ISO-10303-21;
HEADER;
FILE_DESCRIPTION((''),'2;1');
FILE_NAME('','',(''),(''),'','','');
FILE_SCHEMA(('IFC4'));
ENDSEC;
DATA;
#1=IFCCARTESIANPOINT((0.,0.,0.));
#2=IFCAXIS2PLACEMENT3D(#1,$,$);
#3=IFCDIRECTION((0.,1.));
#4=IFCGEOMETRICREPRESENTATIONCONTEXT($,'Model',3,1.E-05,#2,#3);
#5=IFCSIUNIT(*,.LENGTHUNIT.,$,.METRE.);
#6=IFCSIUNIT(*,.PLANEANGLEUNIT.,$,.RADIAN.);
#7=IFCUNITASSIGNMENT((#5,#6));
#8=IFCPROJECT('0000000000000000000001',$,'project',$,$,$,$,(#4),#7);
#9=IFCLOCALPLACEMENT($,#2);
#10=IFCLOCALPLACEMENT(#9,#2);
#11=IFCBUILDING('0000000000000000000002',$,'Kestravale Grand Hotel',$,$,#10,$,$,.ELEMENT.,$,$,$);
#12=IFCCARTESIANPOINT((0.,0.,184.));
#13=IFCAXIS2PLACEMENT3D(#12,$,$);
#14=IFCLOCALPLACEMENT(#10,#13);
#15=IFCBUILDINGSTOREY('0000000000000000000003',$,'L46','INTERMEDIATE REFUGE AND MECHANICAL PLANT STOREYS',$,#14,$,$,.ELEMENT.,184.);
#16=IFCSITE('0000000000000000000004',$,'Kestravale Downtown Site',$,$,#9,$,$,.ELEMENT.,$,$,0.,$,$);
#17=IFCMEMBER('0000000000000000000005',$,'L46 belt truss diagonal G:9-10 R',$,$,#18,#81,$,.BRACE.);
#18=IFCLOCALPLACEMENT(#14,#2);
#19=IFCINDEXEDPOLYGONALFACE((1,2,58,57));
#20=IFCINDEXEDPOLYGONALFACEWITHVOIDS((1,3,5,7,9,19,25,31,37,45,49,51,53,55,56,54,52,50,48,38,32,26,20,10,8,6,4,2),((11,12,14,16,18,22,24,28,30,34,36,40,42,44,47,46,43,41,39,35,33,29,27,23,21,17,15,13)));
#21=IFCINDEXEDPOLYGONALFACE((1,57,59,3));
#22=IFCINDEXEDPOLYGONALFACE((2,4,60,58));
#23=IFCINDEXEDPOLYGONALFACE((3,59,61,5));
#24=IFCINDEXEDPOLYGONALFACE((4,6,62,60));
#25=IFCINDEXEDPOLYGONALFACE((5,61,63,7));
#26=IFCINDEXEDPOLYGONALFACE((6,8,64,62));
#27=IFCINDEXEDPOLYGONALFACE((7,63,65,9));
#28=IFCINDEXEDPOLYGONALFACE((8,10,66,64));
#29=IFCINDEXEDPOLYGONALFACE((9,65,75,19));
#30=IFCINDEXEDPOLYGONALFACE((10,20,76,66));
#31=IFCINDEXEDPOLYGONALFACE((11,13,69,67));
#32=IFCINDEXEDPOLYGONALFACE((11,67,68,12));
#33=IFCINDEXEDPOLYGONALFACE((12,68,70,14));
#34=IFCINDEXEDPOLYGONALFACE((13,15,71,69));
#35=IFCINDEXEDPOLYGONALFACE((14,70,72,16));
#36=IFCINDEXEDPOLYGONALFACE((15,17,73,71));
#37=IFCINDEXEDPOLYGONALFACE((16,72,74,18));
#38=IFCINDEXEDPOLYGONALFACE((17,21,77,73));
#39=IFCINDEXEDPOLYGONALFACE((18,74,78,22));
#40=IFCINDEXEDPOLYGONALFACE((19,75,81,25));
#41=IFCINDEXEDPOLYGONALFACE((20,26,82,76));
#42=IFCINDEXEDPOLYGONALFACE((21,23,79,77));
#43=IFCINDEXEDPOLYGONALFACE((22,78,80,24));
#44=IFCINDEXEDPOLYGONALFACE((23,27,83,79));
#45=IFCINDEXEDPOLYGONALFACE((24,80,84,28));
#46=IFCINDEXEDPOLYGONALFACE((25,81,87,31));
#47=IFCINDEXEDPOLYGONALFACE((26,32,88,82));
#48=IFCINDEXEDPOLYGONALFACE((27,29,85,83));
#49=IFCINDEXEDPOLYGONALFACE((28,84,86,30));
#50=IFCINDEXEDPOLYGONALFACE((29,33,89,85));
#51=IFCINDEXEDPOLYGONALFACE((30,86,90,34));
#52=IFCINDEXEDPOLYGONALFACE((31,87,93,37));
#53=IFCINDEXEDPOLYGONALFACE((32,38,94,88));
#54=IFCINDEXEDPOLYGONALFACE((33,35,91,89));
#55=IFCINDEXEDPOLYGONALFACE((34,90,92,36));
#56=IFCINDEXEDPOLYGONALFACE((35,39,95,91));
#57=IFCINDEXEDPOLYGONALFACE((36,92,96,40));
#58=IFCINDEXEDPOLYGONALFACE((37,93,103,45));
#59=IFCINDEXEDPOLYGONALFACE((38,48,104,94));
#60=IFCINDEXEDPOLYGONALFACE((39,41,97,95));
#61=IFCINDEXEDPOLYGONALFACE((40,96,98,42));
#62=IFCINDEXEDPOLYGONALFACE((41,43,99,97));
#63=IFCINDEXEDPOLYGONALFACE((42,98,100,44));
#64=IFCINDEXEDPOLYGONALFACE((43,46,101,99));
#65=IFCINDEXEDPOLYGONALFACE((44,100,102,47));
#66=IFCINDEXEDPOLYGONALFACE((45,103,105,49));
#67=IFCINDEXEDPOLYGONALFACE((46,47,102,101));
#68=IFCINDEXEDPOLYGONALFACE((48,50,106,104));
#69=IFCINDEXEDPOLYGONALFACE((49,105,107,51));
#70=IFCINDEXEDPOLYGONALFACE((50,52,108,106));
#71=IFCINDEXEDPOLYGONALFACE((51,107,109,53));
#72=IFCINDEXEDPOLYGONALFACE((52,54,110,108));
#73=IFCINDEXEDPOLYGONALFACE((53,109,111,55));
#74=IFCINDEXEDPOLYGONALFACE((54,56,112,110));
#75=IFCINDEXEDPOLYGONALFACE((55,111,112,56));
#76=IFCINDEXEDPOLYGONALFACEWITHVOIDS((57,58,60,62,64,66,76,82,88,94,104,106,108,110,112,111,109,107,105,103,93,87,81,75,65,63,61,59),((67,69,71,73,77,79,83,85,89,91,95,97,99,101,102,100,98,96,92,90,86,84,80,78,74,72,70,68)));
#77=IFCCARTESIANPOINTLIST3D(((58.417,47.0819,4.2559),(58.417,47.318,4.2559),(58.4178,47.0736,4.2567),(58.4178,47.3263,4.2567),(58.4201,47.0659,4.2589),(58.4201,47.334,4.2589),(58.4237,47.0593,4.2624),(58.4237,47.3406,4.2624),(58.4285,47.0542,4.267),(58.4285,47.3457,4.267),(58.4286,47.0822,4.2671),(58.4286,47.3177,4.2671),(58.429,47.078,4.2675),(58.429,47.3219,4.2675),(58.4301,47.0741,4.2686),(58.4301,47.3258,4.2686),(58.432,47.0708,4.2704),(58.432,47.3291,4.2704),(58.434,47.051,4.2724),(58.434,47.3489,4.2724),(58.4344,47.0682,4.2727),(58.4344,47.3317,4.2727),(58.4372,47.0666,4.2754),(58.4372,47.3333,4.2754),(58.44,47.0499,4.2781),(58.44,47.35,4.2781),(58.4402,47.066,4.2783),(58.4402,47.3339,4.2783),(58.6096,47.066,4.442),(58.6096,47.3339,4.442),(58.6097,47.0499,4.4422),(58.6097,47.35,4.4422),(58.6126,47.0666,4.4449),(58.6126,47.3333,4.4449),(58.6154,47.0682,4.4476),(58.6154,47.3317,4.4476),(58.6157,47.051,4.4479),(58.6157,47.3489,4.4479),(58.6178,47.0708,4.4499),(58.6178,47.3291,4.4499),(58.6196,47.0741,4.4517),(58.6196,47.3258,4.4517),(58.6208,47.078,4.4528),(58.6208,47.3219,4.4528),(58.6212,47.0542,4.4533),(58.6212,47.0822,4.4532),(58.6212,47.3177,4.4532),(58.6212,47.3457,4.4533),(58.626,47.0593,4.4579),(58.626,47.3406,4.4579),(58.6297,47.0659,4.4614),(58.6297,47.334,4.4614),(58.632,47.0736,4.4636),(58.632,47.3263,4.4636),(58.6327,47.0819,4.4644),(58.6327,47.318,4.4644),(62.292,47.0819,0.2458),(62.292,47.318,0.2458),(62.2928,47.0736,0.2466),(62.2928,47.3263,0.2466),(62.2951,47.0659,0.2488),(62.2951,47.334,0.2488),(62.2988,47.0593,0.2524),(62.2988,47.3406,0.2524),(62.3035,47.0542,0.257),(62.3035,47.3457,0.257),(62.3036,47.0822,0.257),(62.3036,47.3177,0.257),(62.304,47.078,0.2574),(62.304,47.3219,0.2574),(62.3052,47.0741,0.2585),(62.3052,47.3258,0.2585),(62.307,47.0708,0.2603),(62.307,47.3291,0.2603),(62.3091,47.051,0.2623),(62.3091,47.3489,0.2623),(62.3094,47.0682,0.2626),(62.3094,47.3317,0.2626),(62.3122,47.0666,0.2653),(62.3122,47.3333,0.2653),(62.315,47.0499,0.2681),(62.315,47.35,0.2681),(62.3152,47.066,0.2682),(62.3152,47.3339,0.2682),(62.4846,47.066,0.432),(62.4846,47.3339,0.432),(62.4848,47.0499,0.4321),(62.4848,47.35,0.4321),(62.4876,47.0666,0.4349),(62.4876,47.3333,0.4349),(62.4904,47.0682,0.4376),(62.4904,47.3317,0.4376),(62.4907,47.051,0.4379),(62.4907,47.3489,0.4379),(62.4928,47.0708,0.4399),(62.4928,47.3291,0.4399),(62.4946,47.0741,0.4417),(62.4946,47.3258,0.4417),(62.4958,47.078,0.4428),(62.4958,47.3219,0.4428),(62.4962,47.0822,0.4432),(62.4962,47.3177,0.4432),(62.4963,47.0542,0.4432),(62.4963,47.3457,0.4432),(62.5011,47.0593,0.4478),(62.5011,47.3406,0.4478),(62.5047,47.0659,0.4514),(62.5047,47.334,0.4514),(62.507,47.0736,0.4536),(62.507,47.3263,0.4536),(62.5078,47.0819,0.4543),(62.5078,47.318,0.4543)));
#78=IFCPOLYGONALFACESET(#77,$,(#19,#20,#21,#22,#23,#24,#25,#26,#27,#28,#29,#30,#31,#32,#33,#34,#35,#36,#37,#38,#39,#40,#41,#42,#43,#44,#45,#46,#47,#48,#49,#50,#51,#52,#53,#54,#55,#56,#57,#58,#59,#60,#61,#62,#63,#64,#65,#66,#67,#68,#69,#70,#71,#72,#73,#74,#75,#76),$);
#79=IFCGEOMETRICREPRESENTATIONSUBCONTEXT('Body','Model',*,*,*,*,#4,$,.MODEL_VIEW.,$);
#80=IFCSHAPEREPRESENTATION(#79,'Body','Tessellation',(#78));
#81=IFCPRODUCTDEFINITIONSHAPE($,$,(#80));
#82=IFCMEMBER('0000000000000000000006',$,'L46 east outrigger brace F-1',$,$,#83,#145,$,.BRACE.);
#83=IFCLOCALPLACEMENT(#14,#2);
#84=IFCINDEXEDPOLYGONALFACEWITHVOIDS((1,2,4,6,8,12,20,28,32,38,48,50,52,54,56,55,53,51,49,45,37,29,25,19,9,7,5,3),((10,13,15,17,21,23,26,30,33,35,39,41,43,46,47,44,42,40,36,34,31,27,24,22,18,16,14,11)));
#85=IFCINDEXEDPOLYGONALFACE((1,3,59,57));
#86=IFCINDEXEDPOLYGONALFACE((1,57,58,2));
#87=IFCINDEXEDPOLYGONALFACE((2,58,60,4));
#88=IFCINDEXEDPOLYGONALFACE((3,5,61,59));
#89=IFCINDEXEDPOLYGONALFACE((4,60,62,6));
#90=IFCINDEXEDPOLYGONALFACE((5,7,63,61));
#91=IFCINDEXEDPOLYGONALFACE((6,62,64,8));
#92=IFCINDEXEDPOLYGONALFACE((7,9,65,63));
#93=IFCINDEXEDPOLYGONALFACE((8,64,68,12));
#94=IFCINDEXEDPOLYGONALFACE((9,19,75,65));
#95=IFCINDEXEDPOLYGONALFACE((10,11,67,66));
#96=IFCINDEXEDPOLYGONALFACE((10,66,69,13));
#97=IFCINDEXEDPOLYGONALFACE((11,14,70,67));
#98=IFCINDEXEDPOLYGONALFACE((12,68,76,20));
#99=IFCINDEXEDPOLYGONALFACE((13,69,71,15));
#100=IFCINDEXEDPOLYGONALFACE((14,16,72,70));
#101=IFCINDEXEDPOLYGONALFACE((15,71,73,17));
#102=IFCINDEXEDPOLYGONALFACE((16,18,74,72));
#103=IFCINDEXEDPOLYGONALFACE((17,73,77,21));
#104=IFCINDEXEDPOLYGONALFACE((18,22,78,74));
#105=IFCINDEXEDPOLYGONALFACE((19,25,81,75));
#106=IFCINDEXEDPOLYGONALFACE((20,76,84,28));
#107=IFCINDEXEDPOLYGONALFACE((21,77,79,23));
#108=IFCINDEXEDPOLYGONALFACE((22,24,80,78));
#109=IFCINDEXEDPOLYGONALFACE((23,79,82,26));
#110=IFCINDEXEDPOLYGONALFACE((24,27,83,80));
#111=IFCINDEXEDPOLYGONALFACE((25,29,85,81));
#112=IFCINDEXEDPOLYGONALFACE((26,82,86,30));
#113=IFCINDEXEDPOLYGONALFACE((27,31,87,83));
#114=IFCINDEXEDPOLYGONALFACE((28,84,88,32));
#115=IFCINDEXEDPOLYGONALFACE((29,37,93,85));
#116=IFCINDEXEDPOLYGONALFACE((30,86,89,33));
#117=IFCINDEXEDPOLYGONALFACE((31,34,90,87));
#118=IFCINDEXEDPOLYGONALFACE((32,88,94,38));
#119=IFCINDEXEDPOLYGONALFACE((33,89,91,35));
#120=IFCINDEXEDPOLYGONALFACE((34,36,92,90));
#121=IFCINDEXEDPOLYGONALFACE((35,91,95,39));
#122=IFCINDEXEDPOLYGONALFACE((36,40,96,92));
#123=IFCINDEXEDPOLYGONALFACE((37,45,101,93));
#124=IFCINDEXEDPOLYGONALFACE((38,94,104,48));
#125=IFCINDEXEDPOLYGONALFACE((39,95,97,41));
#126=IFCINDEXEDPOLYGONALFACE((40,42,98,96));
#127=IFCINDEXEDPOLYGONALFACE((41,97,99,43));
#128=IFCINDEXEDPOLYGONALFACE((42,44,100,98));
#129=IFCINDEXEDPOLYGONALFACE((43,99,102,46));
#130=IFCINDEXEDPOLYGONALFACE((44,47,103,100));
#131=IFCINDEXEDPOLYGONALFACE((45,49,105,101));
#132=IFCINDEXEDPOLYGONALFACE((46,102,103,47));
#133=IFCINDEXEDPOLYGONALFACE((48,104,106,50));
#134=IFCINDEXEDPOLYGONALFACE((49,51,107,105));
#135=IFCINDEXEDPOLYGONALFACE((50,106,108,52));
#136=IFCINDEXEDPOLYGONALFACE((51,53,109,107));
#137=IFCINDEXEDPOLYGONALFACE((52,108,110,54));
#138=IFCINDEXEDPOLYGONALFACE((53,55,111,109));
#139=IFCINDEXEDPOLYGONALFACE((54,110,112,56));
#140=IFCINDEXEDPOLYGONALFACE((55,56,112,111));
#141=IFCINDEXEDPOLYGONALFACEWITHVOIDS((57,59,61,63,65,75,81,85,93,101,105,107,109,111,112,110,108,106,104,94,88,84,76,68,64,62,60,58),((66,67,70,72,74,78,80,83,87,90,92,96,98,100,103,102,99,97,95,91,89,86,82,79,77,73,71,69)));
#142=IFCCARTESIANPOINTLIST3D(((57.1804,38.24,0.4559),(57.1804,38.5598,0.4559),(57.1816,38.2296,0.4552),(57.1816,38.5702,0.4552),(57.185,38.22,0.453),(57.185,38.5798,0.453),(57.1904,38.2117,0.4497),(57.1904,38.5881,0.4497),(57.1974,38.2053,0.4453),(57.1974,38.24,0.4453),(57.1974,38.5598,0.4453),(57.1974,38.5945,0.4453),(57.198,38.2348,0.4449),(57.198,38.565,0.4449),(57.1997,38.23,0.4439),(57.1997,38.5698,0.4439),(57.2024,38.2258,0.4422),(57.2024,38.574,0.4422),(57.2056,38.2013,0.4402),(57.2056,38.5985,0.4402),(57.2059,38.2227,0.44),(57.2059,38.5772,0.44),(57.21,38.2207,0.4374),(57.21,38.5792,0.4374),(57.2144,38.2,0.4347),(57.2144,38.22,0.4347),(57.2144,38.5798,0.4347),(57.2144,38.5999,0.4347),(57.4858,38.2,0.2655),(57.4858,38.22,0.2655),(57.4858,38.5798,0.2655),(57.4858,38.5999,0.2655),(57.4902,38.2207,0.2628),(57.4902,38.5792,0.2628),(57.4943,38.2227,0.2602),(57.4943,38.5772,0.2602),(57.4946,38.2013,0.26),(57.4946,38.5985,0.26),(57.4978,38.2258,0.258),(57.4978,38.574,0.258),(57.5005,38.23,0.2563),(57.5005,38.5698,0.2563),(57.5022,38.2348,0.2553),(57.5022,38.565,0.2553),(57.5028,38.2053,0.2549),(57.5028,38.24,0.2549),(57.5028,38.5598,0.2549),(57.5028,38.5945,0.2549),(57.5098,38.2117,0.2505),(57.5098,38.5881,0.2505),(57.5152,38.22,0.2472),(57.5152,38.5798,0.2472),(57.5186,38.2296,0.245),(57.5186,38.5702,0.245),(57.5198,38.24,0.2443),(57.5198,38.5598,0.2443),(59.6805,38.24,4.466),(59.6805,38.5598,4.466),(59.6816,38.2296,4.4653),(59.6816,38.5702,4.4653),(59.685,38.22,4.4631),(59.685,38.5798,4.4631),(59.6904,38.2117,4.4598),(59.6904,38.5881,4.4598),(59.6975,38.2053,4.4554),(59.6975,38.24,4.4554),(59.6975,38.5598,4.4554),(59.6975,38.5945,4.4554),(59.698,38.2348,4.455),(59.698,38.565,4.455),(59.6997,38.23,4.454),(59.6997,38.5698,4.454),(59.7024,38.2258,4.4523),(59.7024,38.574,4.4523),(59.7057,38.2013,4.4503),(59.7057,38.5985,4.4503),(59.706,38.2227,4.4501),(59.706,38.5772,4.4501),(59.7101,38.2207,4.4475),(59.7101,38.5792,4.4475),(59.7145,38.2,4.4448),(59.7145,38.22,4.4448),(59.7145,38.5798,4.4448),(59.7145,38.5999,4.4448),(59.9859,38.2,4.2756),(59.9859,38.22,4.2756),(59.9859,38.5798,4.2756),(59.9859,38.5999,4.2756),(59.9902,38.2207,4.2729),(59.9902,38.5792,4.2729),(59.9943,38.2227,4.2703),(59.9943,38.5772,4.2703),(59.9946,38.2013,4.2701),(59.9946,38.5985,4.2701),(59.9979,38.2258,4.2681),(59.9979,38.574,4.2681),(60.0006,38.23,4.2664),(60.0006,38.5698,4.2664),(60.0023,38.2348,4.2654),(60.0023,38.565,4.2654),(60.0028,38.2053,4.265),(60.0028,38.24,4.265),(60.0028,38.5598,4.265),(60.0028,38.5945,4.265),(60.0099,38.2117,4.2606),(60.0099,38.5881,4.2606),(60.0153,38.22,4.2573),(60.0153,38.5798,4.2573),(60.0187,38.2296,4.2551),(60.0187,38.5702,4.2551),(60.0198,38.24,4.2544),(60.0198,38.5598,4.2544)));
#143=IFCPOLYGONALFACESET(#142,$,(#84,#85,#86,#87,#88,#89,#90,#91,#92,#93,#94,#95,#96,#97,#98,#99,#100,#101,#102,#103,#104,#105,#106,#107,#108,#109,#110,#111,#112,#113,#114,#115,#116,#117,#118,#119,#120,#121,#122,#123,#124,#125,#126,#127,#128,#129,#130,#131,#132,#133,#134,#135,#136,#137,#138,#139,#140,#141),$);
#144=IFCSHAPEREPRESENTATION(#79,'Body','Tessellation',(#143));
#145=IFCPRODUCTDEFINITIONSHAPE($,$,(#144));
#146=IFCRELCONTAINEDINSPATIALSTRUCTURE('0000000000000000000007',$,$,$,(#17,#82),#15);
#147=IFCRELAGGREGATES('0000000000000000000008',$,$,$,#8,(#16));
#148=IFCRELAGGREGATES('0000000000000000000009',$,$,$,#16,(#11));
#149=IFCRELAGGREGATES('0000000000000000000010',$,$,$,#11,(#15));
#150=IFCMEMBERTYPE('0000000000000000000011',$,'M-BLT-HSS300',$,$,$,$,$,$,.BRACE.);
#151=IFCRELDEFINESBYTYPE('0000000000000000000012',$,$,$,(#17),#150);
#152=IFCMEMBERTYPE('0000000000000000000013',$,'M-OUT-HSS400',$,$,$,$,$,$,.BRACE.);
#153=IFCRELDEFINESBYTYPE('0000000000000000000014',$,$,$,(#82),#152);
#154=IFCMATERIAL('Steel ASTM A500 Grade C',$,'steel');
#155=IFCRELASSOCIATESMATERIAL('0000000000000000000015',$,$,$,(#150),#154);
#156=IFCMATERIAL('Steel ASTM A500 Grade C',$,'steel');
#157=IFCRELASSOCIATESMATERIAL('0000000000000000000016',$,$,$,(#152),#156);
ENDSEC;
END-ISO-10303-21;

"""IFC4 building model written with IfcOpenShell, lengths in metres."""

from ifc_helpers import new_model, si_unit, direction, frame, origin, origin_2d, place, context, subcontext, project, spatial, hollow_rectangle, extrude, material, material_profile, profile_set, type_object, element, save


model = new_model("IFC4")

# Units and contexts
model_context = context("Model", 3, precision=1e-05, world=origin(), true_north=direction((0.0, 1.0)))
body_context = subcontext(model_context, "Body", "Model", "MODEL_VIEW")
ifc_project = project(units=[si_unit("LENGTHUNIT", "METRE"), si_unit("PLANEANGLEUNIT", "RADIAN")], contexts=[model_context])

# Site, building, storey
site_placement = place(None, origin())
site = spatial("IfcSite", under=ifc_project, at=site_placement, Name="Kestravale Downtown Site", CompositionType="ELEMENT", RefElevation=0.0)
building_placement = place(site_placement, origin())
building = spatial("IfcBuilding", under=site, at=building_placement, Name="Kestravale Grand Hotel", CompositionType="ELEMENT")
storey_placement = place(building_placement, frame((0.0, 0.0, 184.0)))
storey = spatial("IfcBuildingStorey", under=building, at=storey_placement, Name="L46", Description="INTERMEDIATE REFUGE AND MECHANICAL PLANT STOREYS", CompositionType="ELEMENT", Elevation=184.0)

# Members
ifc_material_1 = material(Name="Steel ASTM A500 Grade C", Category="steel")
ifc_material_profile_1 = material_profile(ifc_material_1, hollow_rectangle(XDim=0.3, YDim=0.3, WallThickness=0.0161, InnerFilletRadius=0.0161, OuterFilletRadius=0.032, at=origin_2d()))
ifc_profile_set_1 = profile_set([ifc_material_profile_1], Name="Steel ASTM A500 Grade C")
member_type_1 = type_object("IfcMemberType", Name="M-BLT-HSS300", PredefinedType="BRACE", material=ifc_profile_set_1)
member_1_placement = place(storey_placement, frame((62.3999, 47.2, 0.3501), z_axis=(-0.694898, 0.0, 0.719109), x_axis=(0.0, -1.0, 0.0)))
element("IfcMember", 1, at=member_1_placement, inside=storey, type_object=member_type_1, Name="L46 belt truss diagonal G:9-10 R", PredefinedType="BRACE", context=body_context, shape_type="SweptSolid", body=[
    extrude(hollow_rectangle(XDim=0.3, YDim=0.3, WallThickness=0.0161, InnerFilletRadius=0.0161, OuterFilletRadius=0.032, at=origin_2d()), origin(), (0.0, 0.0, 1.0), 5.5764),
])
ifc_material_2 = material(Name="Steel ASTM A500 Grade C", Category="steel")
ifc_material_profile_2 = material_profile(ifc_material_2, hollow_rectangle(XDim=0.3999, YDim=0.3999, WallThickness=0.02, InnerFilletRadius=0.02, OuterFilletRadius=0.04, at=origin_2d()))
ifc_profile_set_2 = profile_set([ifc_material_profile_2], Name="Steel ASTM A500 Grade C")
member_type_2 = type_object("IfcMemberType", Name="M-OUT-HSS400", PredefinedType="BRACE", material=ifc_profile_set_2)
for number, where, z_axis, x_axis, name in (
    (2, (57.3501, 38.3999, 0.3501), (0.529047, 0.0, 0.848593), (0.0, 1.0, 0.0), "L46 east outrigger brace F-1"),
):
    element("IfcMember", number, at=place(storey_placement, frame(where, z_axis=z_axis, x_axis=x_axis)), inside=storey, type_object=member_type_2, Name=name, PredefinedType="BRACE", context=body_context, shape_type="SweptSolid", body=[
        extrude(hollow_rectangle(XDim=0.3999, YDim=0.3999, WallThickness=0.02, InnerFilletRadius=0.02, OuterFilletRadius=0.04, at=origin_2d()), origin(), (0.0, 0.0, 1.0), 4.7256),
    ])

save(model, "model.ifc")
